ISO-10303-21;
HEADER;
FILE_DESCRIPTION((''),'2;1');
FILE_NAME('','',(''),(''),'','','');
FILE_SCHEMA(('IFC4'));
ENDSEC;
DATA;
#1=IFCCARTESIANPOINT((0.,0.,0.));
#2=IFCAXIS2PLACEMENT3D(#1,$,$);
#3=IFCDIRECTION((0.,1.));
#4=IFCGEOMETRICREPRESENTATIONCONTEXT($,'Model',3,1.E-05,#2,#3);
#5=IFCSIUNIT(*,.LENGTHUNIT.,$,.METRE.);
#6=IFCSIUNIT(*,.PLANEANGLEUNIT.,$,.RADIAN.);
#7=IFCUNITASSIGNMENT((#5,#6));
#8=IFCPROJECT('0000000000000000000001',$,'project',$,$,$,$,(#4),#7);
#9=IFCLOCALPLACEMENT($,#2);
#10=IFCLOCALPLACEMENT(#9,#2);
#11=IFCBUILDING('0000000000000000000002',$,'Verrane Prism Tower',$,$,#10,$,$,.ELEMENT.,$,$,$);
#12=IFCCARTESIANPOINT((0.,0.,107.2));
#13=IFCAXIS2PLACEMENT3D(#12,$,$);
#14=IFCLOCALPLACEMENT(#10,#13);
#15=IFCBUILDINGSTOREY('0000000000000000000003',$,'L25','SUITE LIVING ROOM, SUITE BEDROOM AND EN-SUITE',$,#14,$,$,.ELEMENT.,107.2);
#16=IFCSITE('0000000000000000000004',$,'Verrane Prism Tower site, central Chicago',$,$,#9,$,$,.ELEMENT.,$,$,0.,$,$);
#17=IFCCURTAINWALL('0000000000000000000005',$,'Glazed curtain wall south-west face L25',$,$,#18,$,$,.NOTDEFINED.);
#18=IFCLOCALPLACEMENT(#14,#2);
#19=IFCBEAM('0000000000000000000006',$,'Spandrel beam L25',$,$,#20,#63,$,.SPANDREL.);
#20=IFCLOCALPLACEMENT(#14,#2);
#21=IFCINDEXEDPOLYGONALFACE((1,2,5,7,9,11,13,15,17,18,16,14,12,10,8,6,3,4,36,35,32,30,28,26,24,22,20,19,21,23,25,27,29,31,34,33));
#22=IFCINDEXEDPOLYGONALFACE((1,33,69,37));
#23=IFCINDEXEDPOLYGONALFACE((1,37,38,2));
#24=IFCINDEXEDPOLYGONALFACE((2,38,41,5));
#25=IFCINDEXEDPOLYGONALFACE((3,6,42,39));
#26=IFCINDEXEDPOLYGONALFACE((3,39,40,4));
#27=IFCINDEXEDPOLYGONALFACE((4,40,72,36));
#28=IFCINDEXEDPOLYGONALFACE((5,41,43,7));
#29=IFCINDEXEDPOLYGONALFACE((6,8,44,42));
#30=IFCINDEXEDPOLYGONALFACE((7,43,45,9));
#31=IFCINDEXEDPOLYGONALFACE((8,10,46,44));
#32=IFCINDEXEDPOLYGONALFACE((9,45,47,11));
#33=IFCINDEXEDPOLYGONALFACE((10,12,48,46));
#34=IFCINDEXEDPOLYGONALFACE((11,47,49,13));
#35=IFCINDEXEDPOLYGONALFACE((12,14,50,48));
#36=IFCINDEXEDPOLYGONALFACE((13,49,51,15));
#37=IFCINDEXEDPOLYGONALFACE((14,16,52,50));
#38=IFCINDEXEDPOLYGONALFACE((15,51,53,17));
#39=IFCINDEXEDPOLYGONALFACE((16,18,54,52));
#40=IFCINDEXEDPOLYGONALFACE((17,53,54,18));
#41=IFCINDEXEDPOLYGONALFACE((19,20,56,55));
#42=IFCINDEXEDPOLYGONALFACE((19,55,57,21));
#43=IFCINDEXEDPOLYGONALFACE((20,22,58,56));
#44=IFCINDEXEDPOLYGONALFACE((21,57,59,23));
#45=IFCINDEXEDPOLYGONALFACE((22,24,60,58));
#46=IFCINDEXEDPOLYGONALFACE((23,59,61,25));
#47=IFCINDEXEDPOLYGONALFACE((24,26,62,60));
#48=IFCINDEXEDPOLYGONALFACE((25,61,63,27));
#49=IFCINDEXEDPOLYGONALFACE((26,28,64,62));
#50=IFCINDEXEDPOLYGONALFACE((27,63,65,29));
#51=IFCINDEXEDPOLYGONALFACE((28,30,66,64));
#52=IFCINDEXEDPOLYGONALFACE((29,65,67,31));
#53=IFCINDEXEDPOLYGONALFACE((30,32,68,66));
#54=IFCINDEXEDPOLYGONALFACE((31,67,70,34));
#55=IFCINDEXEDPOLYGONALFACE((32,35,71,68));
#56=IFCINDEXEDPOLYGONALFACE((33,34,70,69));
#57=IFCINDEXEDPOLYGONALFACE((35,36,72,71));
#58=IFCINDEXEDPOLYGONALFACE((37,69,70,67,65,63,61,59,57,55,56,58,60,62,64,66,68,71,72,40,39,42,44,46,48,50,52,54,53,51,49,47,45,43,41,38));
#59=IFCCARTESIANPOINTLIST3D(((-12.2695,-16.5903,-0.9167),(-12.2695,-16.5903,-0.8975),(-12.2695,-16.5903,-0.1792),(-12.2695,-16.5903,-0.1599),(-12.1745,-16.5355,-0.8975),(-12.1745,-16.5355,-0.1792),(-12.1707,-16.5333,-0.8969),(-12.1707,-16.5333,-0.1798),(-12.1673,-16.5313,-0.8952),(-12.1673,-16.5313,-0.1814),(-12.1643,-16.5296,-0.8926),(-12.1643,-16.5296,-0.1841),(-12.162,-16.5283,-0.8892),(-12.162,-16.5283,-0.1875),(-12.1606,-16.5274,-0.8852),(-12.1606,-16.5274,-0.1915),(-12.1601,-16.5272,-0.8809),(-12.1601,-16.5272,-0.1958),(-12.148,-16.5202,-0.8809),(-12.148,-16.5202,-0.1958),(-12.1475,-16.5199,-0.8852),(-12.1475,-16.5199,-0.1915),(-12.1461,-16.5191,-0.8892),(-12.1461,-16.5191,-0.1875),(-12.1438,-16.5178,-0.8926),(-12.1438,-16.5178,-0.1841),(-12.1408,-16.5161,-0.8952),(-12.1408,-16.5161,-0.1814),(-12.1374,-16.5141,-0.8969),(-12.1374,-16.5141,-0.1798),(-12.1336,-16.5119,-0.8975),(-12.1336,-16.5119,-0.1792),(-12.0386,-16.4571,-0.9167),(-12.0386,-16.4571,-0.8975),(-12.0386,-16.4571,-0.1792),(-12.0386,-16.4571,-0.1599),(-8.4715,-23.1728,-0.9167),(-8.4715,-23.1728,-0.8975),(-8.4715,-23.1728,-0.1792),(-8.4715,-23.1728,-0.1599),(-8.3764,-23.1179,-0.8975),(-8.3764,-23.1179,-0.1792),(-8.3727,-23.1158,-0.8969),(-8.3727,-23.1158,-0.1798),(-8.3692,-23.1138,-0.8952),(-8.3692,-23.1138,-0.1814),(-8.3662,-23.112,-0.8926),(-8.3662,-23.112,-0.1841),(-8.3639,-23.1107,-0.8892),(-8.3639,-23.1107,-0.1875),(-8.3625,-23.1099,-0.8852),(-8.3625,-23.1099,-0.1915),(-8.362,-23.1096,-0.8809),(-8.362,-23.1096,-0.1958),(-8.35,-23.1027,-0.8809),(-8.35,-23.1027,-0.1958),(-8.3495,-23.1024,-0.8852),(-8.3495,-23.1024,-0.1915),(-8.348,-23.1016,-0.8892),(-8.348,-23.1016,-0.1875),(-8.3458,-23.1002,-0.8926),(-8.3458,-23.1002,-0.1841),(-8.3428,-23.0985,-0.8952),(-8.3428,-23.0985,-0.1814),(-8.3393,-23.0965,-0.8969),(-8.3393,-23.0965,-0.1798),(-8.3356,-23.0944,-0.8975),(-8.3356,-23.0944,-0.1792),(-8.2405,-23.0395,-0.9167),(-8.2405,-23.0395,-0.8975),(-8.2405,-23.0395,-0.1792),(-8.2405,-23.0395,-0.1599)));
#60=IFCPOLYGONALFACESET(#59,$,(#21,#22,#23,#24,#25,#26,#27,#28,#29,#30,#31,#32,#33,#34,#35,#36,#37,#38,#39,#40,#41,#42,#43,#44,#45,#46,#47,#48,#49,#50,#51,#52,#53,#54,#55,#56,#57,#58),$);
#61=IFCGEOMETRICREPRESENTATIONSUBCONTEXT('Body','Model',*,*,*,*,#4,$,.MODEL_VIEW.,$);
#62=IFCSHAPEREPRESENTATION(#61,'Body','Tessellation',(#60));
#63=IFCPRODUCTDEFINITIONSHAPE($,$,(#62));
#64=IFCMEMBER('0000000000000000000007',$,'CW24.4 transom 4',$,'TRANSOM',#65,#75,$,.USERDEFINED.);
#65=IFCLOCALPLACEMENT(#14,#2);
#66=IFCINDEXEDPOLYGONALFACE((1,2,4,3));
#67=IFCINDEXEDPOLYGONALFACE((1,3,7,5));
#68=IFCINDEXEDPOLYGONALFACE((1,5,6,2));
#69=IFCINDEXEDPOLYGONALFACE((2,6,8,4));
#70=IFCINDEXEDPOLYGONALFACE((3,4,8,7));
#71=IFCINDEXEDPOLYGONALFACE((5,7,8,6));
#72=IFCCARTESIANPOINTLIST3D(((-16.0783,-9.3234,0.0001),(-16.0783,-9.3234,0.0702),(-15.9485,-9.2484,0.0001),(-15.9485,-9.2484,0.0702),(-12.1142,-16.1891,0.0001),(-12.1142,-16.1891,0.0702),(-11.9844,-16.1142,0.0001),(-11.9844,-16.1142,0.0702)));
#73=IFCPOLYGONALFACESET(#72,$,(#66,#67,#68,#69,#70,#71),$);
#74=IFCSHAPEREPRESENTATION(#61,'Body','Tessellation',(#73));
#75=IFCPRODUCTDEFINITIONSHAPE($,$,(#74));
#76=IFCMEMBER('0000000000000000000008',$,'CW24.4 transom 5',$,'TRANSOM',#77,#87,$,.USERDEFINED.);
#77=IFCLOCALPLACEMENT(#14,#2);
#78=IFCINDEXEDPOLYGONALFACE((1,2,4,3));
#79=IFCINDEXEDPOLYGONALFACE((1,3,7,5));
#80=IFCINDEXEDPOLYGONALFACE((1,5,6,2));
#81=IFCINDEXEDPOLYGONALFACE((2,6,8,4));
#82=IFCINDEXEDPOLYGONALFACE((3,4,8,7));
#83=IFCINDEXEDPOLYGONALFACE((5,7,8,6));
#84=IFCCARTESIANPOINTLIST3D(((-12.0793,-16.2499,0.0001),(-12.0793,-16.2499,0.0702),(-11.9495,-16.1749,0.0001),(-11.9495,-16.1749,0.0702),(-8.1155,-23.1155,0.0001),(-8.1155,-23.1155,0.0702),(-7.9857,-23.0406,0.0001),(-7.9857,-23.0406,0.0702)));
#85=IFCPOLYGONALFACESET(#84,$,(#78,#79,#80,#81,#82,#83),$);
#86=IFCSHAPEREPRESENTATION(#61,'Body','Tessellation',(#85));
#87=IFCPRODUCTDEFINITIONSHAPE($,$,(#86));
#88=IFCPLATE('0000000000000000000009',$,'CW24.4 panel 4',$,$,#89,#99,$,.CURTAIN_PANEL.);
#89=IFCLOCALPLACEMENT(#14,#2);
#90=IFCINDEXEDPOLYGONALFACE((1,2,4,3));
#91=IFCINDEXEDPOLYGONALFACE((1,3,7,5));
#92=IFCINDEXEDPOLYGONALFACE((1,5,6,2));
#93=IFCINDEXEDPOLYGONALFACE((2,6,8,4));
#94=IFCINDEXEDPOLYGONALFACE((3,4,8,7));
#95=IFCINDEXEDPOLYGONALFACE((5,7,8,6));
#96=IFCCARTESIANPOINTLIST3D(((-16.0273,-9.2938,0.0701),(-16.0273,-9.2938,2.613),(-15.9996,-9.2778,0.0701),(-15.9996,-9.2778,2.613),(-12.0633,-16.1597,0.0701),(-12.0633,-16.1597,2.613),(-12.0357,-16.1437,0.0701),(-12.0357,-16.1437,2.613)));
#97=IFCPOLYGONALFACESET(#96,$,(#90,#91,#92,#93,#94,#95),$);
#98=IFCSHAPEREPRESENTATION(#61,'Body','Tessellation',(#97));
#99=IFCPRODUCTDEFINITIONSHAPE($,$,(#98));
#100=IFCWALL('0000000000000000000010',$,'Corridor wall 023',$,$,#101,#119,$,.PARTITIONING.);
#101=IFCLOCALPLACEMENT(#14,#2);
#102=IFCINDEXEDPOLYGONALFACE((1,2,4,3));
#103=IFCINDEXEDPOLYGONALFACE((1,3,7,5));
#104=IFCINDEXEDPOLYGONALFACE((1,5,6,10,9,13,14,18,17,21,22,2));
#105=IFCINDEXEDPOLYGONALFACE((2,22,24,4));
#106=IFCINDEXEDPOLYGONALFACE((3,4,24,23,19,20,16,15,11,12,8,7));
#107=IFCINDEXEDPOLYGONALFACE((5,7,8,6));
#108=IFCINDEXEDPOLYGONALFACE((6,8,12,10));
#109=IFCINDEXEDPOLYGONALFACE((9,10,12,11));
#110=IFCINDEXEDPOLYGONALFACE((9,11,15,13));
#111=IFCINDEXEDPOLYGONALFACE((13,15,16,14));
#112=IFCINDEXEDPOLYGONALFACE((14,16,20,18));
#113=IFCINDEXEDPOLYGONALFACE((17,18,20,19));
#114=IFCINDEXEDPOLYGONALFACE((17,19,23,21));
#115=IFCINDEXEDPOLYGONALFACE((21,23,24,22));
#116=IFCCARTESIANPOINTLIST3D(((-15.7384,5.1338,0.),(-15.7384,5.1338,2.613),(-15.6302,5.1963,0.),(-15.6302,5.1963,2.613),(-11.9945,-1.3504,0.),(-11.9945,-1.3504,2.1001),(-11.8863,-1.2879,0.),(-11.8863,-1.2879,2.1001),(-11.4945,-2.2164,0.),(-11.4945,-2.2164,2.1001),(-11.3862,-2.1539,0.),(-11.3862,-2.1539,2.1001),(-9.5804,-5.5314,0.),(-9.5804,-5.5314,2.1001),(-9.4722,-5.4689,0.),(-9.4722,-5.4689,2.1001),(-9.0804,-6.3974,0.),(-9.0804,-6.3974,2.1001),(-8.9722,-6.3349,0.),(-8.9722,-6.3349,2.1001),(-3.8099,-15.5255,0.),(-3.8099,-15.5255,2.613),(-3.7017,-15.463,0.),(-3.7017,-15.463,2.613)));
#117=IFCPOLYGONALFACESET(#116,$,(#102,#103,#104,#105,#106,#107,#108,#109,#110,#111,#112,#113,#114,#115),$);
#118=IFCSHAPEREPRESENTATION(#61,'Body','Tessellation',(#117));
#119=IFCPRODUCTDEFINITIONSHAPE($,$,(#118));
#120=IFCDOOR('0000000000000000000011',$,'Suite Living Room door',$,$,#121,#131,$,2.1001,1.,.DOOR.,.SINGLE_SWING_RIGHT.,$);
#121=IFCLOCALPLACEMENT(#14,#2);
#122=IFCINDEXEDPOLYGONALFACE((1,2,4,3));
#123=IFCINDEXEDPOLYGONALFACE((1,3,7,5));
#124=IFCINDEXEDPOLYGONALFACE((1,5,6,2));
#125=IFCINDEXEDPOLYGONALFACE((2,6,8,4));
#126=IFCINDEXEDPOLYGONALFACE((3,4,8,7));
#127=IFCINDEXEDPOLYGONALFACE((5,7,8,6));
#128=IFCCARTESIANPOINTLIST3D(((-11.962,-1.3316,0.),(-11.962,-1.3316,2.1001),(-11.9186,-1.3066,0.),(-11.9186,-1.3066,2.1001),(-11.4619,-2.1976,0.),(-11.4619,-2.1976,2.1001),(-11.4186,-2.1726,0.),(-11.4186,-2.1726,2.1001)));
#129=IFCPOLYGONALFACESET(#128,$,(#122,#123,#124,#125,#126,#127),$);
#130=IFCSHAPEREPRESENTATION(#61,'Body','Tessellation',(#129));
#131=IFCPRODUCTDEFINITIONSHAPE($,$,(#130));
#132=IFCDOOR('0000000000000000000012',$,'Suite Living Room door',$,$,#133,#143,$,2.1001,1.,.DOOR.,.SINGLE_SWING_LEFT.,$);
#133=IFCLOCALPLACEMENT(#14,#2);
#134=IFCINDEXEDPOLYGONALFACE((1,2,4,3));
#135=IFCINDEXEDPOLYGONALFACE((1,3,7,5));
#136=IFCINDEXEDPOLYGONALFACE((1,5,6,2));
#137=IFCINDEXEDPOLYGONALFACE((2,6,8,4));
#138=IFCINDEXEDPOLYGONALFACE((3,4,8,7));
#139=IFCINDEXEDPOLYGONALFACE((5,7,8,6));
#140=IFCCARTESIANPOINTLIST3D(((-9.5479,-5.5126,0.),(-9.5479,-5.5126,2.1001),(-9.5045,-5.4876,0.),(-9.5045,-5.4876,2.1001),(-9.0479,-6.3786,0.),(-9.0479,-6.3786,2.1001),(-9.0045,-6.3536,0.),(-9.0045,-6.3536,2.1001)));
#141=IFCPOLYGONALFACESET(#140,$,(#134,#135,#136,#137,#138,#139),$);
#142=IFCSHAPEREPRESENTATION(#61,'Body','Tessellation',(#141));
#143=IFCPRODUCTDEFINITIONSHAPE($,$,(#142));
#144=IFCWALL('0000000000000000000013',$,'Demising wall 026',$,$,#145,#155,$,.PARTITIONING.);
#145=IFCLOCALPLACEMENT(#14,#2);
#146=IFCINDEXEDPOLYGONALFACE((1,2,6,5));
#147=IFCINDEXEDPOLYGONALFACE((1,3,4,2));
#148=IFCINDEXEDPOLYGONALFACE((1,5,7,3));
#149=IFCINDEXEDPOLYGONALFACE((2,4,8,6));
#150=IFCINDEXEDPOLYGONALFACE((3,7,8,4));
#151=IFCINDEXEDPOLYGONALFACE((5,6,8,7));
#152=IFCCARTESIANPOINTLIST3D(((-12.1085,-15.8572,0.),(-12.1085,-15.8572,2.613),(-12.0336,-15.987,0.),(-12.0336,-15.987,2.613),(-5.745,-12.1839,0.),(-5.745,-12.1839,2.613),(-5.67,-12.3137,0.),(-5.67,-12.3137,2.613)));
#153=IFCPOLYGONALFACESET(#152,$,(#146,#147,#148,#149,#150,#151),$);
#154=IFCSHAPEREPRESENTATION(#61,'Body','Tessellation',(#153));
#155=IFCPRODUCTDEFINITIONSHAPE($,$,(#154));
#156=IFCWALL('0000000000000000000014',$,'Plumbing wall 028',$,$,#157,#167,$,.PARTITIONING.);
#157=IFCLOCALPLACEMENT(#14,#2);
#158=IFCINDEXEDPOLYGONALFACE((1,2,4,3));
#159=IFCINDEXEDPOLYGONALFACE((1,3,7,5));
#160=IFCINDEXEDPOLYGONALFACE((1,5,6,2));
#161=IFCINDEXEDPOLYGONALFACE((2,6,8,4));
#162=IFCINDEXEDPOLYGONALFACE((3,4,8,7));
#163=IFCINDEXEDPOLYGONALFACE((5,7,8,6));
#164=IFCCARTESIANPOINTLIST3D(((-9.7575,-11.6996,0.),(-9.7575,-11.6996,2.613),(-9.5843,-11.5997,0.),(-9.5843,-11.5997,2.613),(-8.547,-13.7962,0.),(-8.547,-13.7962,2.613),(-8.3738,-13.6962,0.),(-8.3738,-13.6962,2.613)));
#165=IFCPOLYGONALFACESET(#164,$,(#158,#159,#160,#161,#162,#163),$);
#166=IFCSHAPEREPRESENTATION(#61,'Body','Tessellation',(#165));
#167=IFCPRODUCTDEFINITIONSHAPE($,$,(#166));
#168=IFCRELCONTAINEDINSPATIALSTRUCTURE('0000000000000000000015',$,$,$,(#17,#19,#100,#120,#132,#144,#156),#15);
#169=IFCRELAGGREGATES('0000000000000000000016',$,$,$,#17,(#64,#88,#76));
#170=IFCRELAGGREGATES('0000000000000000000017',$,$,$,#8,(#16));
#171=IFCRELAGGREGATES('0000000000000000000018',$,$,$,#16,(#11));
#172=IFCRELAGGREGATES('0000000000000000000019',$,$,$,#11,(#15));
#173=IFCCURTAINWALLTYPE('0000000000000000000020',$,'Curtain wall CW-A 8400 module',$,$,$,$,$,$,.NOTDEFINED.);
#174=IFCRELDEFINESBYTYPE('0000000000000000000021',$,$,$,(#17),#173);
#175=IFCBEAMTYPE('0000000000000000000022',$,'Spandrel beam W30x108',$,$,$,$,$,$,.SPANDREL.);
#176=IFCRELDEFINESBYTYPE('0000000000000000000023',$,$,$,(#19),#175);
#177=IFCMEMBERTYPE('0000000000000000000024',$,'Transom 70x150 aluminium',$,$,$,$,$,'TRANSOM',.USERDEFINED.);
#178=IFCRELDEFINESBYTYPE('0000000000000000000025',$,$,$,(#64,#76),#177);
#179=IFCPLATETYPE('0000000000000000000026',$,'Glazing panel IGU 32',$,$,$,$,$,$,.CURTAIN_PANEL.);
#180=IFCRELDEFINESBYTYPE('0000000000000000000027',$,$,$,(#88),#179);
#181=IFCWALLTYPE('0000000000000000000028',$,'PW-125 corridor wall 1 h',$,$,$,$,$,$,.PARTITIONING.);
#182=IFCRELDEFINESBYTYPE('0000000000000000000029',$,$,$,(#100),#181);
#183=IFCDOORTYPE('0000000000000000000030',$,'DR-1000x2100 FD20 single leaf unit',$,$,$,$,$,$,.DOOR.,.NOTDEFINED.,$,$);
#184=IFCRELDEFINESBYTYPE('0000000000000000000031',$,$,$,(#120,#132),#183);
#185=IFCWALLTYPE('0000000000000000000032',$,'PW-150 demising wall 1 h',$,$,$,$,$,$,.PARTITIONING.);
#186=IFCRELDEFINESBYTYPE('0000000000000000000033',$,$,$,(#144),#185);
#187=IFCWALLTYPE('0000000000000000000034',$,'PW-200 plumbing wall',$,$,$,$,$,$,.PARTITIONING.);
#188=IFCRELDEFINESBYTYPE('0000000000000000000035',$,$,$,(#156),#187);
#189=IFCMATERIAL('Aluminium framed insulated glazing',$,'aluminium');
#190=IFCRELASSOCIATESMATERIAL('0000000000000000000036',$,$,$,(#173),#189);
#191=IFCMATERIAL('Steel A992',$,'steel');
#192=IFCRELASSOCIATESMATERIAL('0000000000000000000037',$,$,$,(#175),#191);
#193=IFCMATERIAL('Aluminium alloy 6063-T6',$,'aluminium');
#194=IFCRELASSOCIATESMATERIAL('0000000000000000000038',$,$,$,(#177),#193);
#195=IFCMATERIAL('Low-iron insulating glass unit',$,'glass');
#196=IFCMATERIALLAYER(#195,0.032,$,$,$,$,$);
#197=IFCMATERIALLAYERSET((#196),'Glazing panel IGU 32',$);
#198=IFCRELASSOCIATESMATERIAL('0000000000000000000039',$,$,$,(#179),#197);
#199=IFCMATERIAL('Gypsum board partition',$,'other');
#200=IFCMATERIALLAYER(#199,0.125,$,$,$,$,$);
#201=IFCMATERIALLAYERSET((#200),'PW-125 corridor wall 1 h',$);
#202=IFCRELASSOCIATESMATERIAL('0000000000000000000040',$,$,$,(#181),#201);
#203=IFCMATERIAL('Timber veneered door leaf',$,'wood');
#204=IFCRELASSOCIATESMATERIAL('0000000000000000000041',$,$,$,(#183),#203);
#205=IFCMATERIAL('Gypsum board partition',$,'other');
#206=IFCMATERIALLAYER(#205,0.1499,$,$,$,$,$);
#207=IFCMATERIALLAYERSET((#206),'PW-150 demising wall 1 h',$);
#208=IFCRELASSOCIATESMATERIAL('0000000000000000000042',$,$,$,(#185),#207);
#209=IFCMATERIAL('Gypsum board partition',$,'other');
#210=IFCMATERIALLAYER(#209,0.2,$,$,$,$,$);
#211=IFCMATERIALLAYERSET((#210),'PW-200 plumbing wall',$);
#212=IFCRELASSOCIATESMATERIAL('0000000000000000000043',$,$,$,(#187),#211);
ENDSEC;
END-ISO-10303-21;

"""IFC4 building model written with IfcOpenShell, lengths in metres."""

from ifc_helpers import new_model, si_unit, direction, frame, frame_2d, origin, origin_2d, place, context, subcontext, project, spatial, rectangle, i_section, extrude, material, layer, layer_set, material_profile, profile_set, type_object, element, fill, aggregate, save


model = new_model("IFC4")

# Units and contexts
model_context = context("Model", 3, precision=1e-05, world=origin(), true_north=direction((0.0, 1.0)))
body_context = subcontext(model_context, "Body", "Model", "MODEL_VIEW")
ifc_project = project(units=[si_unit("LENGTHUNIT", "METRE"), si_unit("PLANEANGLEUNIT", "RADIAN")], contexts=[model_context])

# Site, building, storey
site_placement = place(None, origin())
site = spatial("IfcSite", under=ifc_project, at=site_placement, Name="Verrane Prism Tower site, central Chicago", CompositionType="ELEMENT", RefElevation=0.0)
building_placement = place(site_placement, origin())
building = spatial("IfcBuilding", under=site, at=building_placement, Name="Verrane Prism Tower", CompositionType="ELEMENT")
storey_placement = place(building_placement, frame((0.0, 0.0, 107.2)))
storey = spatial("IfcBuildingStorey", under=building, at=storey_placement, Name="L25", Description="SUITE LIVING ROOM, SUITE BEDROOM AND EN-SUITE", CompositionType="ELEMENT", Elevation=107.2)

# Curtain wall
ifc_material_1 = material(Name="Aluminium framed insulated glazing", Category="aluminium")
curtain_wall_type = type_object("IfcCurtainWallType", Name="Curtain wall CW-A 8400 module", PredefinedType="NOTDEFINED", material=ifc_material_1)
curtain_wall_placement = place(storey_placement, origin())
curtain_wall = element("IfcCurtainWall", 1, at=curtain_wall_placement, inside=storey, type_object=curtain_wall_type, Name="Glazed curtain wall south-west face L25", PredefinedType="NOTDEFINED")

# Beam
ifc_material_2 = material(Name="Steel A992", Category="steel")
ifc_material_profile_1 = material_profile(ifc_material_2, i_section(OverallWidth=0.2666, OverallDepth=0.7568, WebThickness=0.0139, FlangeThickness=0.0193, FilletRadius=0.0166, at=origin_2d()), Name="W30x108")
ifc_profile_set_1 = profile_set([ifc_material_profile_1], Name="Steel A992")
beam_type_1 = type_object("IfcBeamType", Name="Spandrel beam W30x108", PredefinedType="SPANDREL", material=ifc_profile_set_1)
for number, where, z_axis, x_axis, name in (
    (2, (-12.1541, -16.5237, -0.5383), (0.499771, -0.866158, 0.0), (0.866158, 0.499771, 0.0), "Spandrel beam L25"),
):
    element("IfcBeam", number, at=place(storey_placement, frame(where, z_axis=z_axis, x_axis=x_axis)), inside=storey, type_object=beam_type_1, Name=name, PredefinedType="SPANDREL", context=body_context, shape_type="SweptSolid", body=[
        extrude(i_section(OverallWidth=0.2666, OverallDepth=0.7568, WebThickness=0.0139, FlangeThickness=0.0193, FilletRadius=0.0166, at=origin_2d()), origin(), (0.0, 0.0, 1.0), 7.5996),
    ])

# Members
ifc_material_3 = material(Name="Aluminium alloy 6063-T6", Category="aluminium")
ifc_material_profile_2 = material_profile(ifc_material_3, rectangle(XDim=0.1499, YDim=0.0701, at=origin_2d()), Name="Transom 70x150 aluminium")
ifc_profile_set_2 = profile_set([ifc_material_profile_2], Name="Aluminium alloy 6063-T6")
member_type_1 = type_object("IfcMemberType", Name="Transom 70x150 aluminium", ElementType="TRANSOM", PredefinedType="USERDEFINED", material=ifc_profile_set_2)
member_1_placement = place(storey_placement, frame((-16.0134, -9.2859, 0.0352), z_axis=(0.500017, -0.866015, 0.0), x_axis=(0.866015, 0.500017, 0.0)))
member_1 = element("IfcMember", 3, at=member_1_placement, type_object=member_type_1, Name="CW24.4 transom 4", ObjectType="TRANSOM", PredefinedType="USERDEFINED", context=body_context, shape_type="SweptSolid", body=[
    extrude(rectangle(XDim=0.1499, YDim=0.0701, at=origin_2d()), origin(), (0.0, 0.0, 1.0), 7.928),
])
member_2_placement = place(storey_placement, frame((-12.0144, -16.2124, 0.0352), z_axis=(0.499994, -0.866029, 0.0), x_axis=(0.866029, 0.499994, 0.0)))
member_2 = element("IfcMember", 4, at=member_2_placement, type_object=member_type_1, Name="CW24.4 transom 5", ObjectType="TRANSOM", PredefinedType="USERDEFINED", context=body_context, shape_type="SweptSolid", body=[
    extrude(rectangle(XDim=0.1499, YDim=0.0701, at=origin_2d()), origin(), (0.0, 0.0, 1.0), 7.9277),
])

# Plate
ifc_material_4 = material(Name="Low-iron insulating glass unit", Category="glass")
ifc_layer_1 = layer(ifc_material_4, 0.032)
ifc_layer_set_1 = layer_set([ifc_layer_1], Name="Glazing panel IGU 32")
plate_type = type_object("IfcPlateType", Name="Glazing panel IGU 32", PredefinedType="CURTAIN_PANEL", material=ifc_layer_set_1)
plate_placement = place(storey_placement, frame((-14.0315, -12.7188, 0.0701), z_axis=(0.0, 0.0, 1.0), x_axis=(0.5, -0.866025, 0.0)))
plate = element("IfcPlate", 5, at=plate_placement, type_object=plate_type, Name="CW24.4 panel 4", PredefinedType="CURTAIN_PANEL", context=body_context, shape_type="SweptSolid", body=[
    extrude(rectangle(XDim=7.928, YDim=0.032, at=origin_2d()), origin(), (0.0, 0.0, 1.0), 2.543),
])
aggregate(curtain_wall, [member_1, plate, member_2])

# Wall, openings, doors
ifc_material_5 = material(Name="Gypsum board partition", Category="other")
ifc_layer_2 = layer(ifc_material_5, 0.125)
ifc_layer_set_2 = layer_set([ifc_layer_2], Name="PW-125 corridor wall 1 h")
wall_type_1 = type_object("IfcWallType", Name="PW-125 corridor wall 1 h", PredefinedType="PARTITIONING", material=ifc_layer_set_2)
wall_1_placement = place(storey_placement, frame((-3.7559, -15.4941, 0.0), z_axis=(0.0, 0.0, 1.0), x_axis=(-0.500028, 0.866009, 0.0)))
wall_1 = element("IfcWall", 6, at=wall_1_placement, inside=storey, type_object=wall_type_1, Name="Corridor wall 023", PredefinedType="PARTITIONING", context=body_context, shape_type="SweptSolid", body=[
    extrude(rectangle(XDim=23.8557, YDim=0.125, at=frame_2d((11.9277, 0.0))), origin(), (0.0, 0.0, 1.0), 2.613),
])
opening_1_placement = place(wall_1_placement, frame((15.3682, 0.0, 0.0)))
opening_1 = element("IfcOpeningElement", 7, at=opening_1_placement, cuts=wall_1, PredefinedType="OPENING", context=body_context, shape_type="SweptSolid", body=[
    extrude(rectangle(XDim=1.0, YDim=2.1001, at=frame_2d((0.5, 1.05))), frame((0.0, 0.0725, 0.0), z_axis=(0.0, -1.0, 0.0), x_axis=(1.0, 0.0, 0.0)), (0.0, 0.0, 1.0), 0.145),
])
opening_2_placement = place(wall_1_placement, frame((10.5403, 0.0, 0.0)))
opening_2 = element("IfcOpeningElement", 8, at=opening_2_placement, cuts=wall_1, PredefinedType="OPENING", context=body_context, shape_type="SweptSolid", body=[
    extrude(rectangle(XDim=1.0, YDim=2.1001, at=frame_2d((0.5, 1.05))), frame((0.0, 0.0725, 0.0), z_axis=(0.0, -1.0, 0.0), x_axis=(1.0, 0.0, 0.0)), (0.0, 0.0, 1.0), 0.145),
])
ifc_material_6 = material(Name="Timber veneered door leaf", Category="wood")
door_type_1 = type_object("IfcDoorType", Name="DR-1000x2100 FD20 single leaf unit", OperationType="NOTDEFINED", PredefinedType="DOOR", material=ifc_material_6)
door_1_placement = place(opening_1_placement, origin())
door_1 = element("IfcDoor", 9, at=door_1_placement, inside=storey, type_object=door_type_1, Name="Suite Living Room door", OperationType="SINGLE_SWING_RIGHT", OverallHeight=2.1001, OverallWidth=1.0, PredefinedType="DOOR", context=body_context, shape_type="SweptSolid", body=[
    extrude(rectangle(XDim=1.0, YDim=2.1001, at=frame_2d((0.5, 1.05))), frame((0.0, 0.0249, 0.0), z_axis=(0.0, -1.0, 0.0), x_axis=(1.0, 0.0, 0.0)), (0.0, 0.0, 1.0), 0.05),
])
fill(opening_1, door_1)
door_2_placement = place(opening_2_placement, origin())
door_2 = element("IfcDoor", 10, at=door_2_placement, inside=storey, type_object=door_type_1, Name="Suite Living Room door", OperationType="SINGLE_SWING_LEFT", OverallHeight=2.1001, OverallWidth=1.0, PredefinedType="DOOR", context=body_context, shape_type="SweptSolid", body=[
    extrude(rectangle(XDim=1.0, YDim=2.1001, at=frame_2d((0.5, 1.05))), frame((0.0, 0.0249, 0.0), z_axis=(0.0, -1.0, 0.0), x_axis=(1.0, 0.0, 0.0)), (0.0, 0.0, 1.0), 0.05),
])
fill(opening_2, door_2)

# Walls
ifc_material_7 = material(Name="Gypsum board partition", Category="other")
ifc_layer_3 = layer(ifc_material_7, 0.1499)
ifc_layer_set_3 = layer_set([ifc_layer_3], Name="PW-150 demising wall 1 h")
wall_type_2 = type_object("IfcWallType", Name="PW-150 demising wall 1 h", PredefinedType="PARTITIONING", material=ifc_layer_set_3)
wall_2_placement = place(storey_placement, frame((-12.071, -15.9221, 0.0), z_axis=(0.0, 0.0, 1.0), x_axis=(0.866063, 0.499934, 0.0)))
element("IfcWall", 11, at=wall_2_placement, inside=storey, type_object=wall_type_2, Name="Demising wall 026", PredefinedType="PARTITIONING", context=body_context, shape_type="SweptSolid", body=[
    extrude(rectangle(XDim=7.3477, YDim=0.1499, at=frame_2d((3.6738, 0.0))), origin(), (0.0, 0.0, 1.0), 2.613),
])
ifc_material_8 = material(Name="Gypsum board partition", Category="other")
ifc_layer_4 = layer(ifc_material_8, 0.2)
ifc_layer_set_4 = layer_set([ifc_layer_4], Name="PW-200 plumbing wall")
wall_type_3 = type_object("IfcWallType", Name="PW-200 plumbing wall", PredefinedType="PARTITIONING", material=ifc_layer_set_4)
wall_3_placement = place(storey_placement, frame((-9.6709, -11.6497, 0.0), z_axis=(0.0, 0.0, 1.0), x_axis=(0.500022, -0.866013, 0.0)))
element("IfcWall", 12, at=wall_3_placement, inside=storey, type_object=wall_type_3, Name="Plumbing wall 028", PredefinedType="PARTITIONING", context=body_context, shape_type="SweptSolid", body=[
    extrude(rectangle(XDim=2.4209, YDim=0.2, at=frame_2d((1.2104, 0.0))), origin(), (0.0, 0.0, 1.0), 2.613),
])

save(model, "model.ifc")
